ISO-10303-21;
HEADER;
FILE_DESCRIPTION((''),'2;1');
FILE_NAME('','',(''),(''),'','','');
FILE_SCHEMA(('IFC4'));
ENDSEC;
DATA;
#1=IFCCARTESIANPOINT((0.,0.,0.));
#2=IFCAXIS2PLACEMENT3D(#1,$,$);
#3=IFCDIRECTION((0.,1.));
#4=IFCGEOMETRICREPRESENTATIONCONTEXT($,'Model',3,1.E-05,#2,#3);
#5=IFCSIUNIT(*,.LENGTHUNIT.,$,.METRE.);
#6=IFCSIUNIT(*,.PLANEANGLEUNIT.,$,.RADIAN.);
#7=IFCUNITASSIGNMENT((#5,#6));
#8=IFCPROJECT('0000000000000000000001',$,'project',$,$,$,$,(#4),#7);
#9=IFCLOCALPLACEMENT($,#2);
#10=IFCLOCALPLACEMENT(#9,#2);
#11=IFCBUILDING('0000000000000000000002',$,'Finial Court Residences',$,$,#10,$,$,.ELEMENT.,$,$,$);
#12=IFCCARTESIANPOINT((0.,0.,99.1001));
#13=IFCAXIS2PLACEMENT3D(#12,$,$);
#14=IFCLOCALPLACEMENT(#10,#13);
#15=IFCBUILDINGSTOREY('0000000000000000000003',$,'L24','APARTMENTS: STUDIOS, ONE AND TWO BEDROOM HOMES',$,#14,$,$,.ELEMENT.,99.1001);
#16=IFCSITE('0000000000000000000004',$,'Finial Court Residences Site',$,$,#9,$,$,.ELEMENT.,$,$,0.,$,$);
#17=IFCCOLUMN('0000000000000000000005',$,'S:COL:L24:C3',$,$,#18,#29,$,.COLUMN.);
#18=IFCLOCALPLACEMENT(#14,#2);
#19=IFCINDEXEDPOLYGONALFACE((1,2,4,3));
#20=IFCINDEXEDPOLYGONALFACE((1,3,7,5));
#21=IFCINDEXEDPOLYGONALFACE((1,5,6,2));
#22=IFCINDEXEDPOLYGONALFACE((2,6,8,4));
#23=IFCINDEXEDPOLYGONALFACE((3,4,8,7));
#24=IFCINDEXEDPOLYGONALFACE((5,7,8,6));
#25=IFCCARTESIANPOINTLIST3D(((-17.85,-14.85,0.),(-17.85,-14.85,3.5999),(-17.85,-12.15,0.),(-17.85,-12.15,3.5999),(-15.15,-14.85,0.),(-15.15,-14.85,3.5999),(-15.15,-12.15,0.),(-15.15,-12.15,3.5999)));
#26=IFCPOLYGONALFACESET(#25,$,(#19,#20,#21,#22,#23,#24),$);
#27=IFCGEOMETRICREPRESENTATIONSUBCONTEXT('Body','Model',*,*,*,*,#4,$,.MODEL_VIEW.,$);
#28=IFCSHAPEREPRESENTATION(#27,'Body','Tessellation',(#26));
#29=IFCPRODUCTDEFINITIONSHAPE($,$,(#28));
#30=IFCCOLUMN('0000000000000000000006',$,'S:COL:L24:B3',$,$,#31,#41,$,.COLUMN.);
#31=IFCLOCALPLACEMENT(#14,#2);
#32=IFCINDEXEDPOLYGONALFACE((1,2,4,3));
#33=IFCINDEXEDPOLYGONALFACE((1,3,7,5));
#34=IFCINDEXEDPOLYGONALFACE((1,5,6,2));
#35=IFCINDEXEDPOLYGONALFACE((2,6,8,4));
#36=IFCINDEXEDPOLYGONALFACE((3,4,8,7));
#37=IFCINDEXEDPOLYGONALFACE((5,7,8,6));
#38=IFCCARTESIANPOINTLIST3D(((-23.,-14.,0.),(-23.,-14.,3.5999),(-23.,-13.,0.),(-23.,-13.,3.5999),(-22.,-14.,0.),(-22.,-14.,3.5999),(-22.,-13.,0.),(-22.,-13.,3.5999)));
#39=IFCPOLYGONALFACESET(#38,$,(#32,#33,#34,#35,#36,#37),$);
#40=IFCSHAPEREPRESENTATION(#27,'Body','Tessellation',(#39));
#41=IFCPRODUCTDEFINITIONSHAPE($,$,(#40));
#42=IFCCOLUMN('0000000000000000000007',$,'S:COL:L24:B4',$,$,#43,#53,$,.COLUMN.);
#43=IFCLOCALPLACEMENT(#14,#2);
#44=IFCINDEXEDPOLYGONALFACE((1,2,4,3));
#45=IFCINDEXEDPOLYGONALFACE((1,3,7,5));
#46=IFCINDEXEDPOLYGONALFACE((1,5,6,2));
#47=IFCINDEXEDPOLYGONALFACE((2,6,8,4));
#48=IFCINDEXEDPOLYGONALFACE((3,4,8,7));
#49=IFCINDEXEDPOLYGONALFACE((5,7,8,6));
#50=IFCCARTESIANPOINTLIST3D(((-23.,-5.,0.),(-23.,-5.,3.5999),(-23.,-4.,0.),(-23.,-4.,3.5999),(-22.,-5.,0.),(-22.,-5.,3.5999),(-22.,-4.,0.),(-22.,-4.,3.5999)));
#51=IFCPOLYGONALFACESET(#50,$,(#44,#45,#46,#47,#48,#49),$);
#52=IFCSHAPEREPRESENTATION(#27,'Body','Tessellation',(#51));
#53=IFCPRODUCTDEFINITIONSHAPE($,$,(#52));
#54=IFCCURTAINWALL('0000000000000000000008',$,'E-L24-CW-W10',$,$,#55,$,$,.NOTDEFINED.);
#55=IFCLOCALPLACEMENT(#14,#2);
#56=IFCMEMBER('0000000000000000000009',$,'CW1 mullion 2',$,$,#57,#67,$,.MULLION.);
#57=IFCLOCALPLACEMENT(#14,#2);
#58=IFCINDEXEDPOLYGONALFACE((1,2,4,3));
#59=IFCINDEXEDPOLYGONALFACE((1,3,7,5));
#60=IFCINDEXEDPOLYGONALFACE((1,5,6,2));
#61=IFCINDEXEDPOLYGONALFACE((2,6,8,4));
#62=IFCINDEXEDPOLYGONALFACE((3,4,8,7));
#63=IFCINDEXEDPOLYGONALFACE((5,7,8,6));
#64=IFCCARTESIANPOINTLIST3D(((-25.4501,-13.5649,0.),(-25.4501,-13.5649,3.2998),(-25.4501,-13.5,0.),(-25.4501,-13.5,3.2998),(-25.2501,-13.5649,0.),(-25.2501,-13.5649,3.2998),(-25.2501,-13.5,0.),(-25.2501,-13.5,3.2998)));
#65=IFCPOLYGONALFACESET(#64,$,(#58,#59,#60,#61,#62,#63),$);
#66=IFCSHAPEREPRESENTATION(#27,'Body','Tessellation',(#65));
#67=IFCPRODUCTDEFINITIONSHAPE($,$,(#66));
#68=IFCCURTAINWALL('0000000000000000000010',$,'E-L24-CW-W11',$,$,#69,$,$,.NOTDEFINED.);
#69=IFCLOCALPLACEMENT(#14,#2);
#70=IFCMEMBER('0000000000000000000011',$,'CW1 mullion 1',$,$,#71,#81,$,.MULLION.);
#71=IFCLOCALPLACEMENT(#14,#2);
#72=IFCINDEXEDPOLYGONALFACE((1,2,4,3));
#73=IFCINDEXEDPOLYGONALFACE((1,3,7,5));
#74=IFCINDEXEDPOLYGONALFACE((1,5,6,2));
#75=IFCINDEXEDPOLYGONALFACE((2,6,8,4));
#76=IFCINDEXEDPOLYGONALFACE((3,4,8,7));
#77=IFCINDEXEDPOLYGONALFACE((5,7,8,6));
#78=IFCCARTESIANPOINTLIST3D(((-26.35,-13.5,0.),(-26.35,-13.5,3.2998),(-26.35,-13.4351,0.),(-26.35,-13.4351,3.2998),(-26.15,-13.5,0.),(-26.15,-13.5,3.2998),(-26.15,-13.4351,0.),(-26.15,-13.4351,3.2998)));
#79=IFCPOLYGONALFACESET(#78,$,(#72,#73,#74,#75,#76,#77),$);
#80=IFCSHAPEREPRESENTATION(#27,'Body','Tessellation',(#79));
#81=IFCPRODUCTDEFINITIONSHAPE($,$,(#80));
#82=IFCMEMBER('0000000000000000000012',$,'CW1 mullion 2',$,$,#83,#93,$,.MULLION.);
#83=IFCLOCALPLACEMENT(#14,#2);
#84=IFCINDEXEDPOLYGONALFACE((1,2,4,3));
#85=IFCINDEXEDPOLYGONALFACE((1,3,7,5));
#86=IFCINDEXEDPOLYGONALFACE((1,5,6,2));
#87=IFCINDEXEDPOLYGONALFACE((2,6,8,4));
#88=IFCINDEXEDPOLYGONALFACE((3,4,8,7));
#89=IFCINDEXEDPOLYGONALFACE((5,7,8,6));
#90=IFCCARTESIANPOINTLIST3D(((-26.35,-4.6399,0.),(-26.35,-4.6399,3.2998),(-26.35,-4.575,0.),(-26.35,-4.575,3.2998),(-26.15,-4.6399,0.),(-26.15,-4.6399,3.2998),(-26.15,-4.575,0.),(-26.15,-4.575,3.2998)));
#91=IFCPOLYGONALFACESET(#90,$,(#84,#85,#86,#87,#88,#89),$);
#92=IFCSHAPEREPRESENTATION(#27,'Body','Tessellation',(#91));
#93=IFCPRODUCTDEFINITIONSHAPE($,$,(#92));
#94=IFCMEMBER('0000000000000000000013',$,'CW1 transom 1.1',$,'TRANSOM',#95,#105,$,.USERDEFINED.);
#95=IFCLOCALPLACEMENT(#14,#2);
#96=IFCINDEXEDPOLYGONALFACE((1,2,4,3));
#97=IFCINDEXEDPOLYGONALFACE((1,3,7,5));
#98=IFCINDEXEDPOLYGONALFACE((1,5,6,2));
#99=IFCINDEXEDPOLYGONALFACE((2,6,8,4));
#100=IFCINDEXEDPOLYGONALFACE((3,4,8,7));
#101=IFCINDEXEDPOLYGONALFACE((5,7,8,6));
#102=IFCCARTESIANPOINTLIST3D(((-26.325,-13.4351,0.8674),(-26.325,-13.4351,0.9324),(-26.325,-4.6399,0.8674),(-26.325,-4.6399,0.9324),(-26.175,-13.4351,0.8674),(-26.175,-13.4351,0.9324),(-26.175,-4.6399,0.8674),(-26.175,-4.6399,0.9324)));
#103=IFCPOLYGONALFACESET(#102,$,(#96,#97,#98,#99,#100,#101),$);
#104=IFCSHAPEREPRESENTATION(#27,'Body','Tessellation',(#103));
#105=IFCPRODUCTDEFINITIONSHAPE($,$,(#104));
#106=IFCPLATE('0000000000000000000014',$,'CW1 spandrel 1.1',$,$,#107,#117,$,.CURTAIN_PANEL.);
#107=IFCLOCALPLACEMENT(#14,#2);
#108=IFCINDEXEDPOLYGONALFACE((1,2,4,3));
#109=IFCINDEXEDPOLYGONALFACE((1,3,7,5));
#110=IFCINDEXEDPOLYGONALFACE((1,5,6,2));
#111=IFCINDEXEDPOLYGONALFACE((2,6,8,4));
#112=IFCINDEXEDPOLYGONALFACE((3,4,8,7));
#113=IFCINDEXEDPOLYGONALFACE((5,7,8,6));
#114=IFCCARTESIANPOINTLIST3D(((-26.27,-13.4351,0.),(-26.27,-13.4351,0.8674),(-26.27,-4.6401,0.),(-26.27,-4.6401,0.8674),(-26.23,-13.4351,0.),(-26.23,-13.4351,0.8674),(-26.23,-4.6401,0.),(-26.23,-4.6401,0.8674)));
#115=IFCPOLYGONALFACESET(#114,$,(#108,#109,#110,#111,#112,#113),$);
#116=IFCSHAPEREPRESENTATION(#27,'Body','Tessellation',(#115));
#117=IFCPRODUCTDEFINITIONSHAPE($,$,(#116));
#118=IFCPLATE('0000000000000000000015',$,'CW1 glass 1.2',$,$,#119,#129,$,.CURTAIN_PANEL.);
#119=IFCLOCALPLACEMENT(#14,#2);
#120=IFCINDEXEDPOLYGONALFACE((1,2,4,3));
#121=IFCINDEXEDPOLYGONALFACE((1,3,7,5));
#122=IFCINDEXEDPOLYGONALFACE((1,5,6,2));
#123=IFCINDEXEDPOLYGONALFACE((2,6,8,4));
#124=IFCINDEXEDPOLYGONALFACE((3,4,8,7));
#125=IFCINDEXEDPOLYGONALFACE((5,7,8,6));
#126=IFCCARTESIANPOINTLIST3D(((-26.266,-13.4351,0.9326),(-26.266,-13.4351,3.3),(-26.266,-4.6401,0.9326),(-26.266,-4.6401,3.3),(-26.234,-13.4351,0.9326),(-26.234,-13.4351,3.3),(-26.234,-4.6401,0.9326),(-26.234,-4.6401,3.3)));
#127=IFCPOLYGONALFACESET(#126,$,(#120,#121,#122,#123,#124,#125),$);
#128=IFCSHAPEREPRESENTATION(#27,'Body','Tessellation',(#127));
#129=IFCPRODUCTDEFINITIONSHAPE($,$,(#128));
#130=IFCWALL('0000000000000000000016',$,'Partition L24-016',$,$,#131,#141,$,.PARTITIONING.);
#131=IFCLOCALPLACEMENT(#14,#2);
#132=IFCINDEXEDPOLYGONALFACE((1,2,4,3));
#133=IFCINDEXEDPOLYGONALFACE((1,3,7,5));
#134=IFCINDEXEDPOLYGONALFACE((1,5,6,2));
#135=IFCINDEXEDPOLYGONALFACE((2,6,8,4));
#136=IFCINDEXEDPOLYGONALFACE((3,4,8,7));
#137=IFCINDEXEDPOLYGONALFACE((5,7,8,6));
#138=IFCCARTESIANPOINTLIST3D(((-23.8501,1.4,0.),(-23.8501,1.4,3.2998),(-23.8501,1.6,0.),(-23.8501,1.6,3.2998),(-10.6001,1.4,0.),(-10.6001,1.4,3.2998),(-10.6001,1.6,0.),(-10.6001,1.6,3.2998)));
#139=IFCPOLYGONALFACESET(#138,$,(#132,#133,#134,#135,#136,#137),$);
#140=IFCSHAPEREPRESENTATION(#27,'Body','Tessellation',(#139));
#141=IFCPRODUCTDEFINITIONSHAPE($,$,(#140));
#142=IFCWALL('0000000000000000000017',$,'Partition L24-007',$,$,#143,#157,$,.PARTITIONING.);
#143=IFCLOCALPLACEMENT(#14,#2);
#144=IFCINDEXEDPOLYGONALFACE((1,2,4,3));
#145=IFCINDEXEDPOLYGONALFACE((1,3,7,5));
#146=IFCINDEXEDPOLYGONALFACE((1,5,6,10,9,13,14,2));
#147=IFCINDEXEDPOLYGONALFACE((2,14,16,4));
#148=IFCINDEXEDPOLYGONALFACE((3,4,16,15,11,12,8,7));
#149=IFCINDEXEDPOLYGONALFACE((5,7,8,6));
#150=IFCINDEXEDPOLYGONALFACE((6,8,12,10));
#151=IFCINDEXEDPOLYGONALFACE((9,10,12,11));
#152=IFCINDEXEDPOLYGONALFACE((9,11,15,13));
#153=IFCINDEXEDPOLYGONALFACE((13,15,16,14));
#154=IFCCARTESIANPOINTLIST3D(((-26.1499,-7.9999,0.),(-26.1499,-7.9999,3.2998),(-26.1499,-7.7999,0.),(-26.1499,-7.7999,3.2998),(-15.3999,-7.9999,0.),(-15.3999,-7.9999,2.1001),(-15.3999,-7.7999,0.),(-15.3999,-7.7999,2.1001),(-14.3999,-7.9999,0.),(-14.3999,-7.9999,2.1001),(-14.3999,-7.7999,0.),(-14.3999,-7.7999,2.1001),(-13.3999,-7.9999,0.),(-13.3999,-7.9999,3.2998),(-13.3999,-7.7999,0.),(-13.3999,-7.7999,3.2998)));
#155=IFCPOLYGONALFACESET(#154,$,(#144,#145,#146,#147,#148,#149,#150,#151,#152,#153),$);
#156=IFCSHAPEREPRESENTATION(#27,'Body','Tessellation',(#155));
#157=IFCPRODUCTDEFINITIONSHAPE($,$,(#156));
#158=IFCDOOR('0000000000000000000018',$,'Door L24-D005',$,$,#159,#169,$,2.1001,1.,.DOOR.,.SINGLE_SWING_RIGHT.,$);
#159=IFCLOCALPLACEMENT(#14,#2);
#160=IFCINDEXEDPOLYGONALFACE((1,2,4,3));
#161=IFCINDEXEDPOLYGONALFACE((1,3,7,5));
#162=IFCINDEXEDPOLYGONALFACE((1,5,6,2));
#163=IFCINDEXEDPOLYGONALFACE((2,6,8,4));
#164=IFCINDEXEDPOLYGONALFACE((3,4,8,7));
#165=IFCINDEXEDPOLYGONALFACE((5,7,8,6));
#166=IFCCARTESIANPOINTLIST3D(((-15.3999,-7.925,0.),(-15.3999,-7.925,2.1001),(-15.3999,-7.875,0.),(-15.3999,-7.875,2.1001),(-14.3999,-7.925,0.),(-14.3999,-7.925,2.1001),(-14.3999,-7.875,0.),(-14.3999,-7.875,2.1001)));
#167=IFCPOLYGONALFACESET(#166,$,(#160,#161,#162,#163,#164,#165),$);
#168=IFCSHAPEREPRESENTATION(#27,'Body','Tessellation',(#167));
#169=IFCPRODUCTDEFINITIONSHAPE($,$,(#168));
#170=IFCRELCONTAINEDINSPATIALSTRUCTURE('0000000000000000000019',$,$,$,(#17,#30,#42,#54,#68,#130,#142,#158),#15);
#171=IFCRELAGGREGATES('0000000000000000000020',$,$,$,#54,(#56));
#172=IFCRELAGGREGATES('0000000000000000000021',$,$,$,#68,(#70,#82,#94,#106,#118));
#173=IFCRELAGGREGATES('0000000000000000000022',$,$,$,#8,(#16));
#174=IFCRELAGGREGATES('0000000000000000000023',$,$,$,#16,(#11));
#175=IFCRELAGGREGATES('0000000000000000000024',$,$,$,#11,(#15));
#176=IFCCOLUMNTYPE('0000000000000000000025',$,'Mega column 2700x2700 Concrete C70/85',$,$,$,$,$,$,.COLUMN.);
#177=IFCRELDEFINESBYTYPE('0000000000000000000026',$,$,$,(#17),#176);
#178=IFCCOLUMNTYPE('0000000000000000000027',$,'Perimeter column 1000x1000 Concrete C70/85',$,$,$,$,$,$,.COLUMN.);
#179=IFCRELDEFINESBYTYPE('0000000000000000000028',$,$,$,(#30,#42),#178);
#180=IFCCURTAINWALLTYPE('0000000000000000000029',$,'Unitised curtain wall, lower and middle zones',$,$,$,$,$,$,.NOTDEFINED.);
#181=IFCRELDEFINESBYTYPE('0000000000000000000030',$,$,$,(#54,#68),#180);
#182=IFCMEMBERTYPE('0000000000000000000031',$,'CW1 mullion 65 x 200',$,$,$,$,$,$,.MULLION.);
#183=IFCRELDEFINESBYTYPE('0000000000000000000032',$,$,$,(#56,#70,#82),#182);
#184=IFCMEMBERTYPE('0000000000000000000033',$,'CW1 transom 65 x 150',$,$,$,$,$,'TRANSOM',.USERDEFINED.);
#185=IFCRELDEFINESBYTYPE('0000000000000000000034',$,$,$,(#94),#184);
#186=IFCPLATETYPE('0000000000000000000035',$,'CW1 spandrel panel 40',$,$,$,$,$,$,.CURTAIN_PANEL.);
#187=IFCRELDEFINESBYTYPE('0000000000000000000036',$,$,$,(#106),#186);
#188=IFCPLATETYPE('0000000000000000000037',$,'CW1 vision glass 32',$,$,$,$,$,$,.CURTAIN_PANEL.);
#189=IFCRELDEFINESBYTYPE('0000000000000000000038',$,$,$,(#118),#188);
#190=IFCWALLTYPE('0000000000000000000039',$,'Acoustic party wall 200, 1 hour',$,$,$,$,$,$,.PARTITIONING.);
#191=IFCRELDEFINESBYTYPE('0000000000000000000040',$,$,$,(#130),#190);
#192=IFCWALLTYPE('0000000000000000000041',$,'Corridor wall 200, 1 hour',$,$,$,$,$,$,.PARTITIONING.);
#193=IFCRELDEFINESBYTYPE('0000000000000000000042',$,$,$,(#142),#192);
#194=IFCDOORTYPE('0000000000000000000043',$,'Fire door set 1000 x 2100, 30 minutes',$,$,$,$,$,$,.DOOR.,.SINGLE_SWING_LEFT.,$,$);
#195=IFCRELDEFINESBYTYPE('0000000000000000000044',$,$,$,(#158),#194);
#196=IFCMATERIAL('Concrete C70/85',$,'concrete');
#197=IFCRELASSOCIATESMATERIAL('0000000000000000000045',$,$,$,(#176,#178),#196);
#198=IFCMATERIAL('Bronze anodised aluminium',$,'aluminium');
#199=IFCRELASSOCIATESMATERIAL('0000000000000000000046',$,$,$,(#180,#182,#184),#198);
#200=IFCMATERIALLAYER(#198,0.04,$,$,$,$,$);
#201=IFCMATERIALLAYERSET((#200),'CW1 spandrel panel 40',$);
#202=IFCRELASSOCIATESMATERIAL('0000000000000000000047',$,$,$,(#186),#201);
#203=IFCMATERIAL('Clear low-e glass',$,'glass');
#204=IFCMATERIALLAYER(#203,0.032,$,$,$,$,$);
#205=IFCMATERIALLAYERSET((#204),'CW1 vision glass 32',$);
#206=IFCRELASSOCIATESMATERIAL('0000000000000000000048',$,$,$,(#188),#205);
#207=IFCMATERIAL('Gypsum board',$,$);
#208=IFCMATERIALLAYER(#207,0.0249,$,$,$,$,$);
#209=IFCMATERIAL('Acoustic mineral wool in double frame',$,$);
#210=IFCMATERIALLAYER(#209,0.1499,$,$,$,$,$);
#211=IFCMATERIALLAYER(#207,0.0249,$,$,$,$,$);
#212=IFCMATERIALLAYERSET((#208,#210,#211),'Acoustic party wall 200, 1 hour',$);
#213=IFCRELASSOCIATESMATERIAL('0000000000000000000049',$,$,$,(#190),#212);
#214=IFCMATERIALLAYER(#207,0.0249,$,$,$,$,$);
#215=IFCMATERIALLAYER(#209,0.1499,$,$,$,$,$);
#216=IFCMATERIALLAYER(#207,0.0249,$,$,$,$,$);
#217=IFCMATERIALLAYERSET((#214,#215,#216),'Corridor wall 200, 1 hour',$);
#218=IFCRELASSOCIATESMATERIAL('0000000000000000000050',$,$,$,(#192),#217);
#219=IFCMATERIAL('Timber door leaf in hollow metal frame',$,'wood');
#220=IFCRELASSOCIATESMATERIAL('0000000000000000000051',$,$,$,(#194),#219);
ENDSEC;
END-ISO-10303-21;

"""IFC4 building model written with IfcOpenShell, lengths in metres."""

from ifc_helpers import new_model, si_unit, direction, frame, frame_2d, origin, origin_2d, place, context, subcontext, project, spatial, rectangle, extrude, material, layer, layer_set, material_profile, profile_set, type_object, element, fill, aggregate, save


model = new_model("IFC4")

# Units and contexts
model_context = context("Model", 3, precision=1e-05, world=origin(), true_north=direction((0.0, 1.0)))
body_context = subcontext(model_context, "Body", "Model", "MODEL_VIEW")
ifc_project = project(units=[si_unit("LENGTHUNIT", "METRE"), si_unit("PLANEANGLEUNIT", "RADIAN")], contexts=[model_context])

# Site, building, storey
site_placement = place(None, origin())
site = spatial("IfcSite", under=ifc_project, at=site_placement, Name="Finial Court Residences Site", CompositionType="ELEMENT", RefElevation=0.0)
building_placement = place(site_placement, origin())
building = spatial("IfcBuilding", under=site, at=building_placement, Name="Finial Court Residences", CompositionType="ELEMENT")
storey_placement = place(building_placement, frame((0.0, 0.0, 99.1001)))
storey = spatial("IfcBuildingStorey", under=building, at=storey_placement, Name="L24", Description="APARTMENTS: STUDIOS, ONE AND TWO BEDROOM HOMES", CompositionType="ELEMENT", Elevation=99.1001)

# Columns
ifc_material_1 = material(Name="Concrete C70/85", Category="concrete")
ifc_material_profile_1 = material_profile(ifc_material_1, rectangle(XDim=2.7, YDim=2.7, at=origin_2d()), Name="2700x2700")
ifc_profile_set_1 = profile_set([ifc_material_profile_1], Name="Concrete C70/85")
column_type_1 = type_object("IfcColumnType", Name="Mega column 2700x2700 Concrete C70/85", PredefinedType="COLUMN", material=ifc_profile_set_1)
column_placement = place(storey_placement, frame((-16.5, -13.5, 0.0), z_axis=(0.0, 0.0, 1.0), x_axis=(1.0, 0.0, 0.0)))
element("IfcColumn", 1, at=column_placement, inside=storey, type_object=column_type_1, Name="S:COL:L24:C3", PredefinedType="COLUMN", context=body_context, shape_type="SweptSolid", body=[
    extrude(rectangle(XDim=2.7, YDim=2.7, at=origin_2d()), origin(), (0.0, 0.0, 1.0), 3.5999),
])
ifc_material_profile_2 = material_profile(ifc_material_1, rectangle(XDim=1.0, YDim=1.0, at=origin_2d()), Name="1000x1000")
ifc_profile_set_2 = profile_set([ifc_material_profile_2], Name="Concrete C70/85")
column_type_2 = type_object("IfcColumnType", Name="Perimeter column 1000x1000 Concrete C70/85", PredefinedType="COLUMN", material=ifc_profile_set_2)
for number, where, z_axis, x_axis, name in (
    (2, (-22.5, -13.5, 0.0), (0.0, 0.0, 1.0), (1.0, 0.0, 0.0), "S:COL:L24:B3"),
    (3, (-22.5, -4.5, 0.0), (0.0, 0.0, 1.0), (1.0, 0.0, 0.0), "S:COL:L24:B4"),
):
    element("IfcColumn", number, at=place(storey_placement, frame(where, z_axis=z_axis, x_axis=x_axis)), inside=storey, type_object=column_type_2, Name=name, PredefinedType="COLUMN", context=body_context, shape_type="SweptSolid", body=[
        extrude(rectangle(XDim=1.0, YDim=1.0, at=origin_2d()), origin(), (0.0, 0.0, 1.0), 3.5999),
    ])

# Curtain wall, member
ifc_material_2 = material(Name="Bronze anodised aluminium", Category="aluminium")
curtain_wall_type = type_object("IfcCurtainWallType", Name="Unitised curtain wall, lower and middle zones", PredefinedType="NOTDEFINED", material=ifc_material_2)
curtain_wall_1_placement = place(storey_placement, origin())
curtain_wall_1 = element("IfcCurtainWall", 4, at=curtain_wall_1_placement, inside=storey, type_object=curtain_wall_type, Name="E-L24-CW-W10", PredefinedType="NOTDEFINED")
ifc_material_profile_3 = material_profile(ifc_material_2, rectangle(XDim=0.2, YDim=0.0649, at=origin_2d()), Name="CW1 mullion 65 x 200")
ifc_profile_set_3 = profile_set([ifc_material_profile_3], Name="Bronze anodised aluminium")
member_type_1 = type_object("IfcMemberType", Name="CW1 mullion 65 x 200", PredefinedType="MULLION", material=ifc_profile_set_3)
member_1_placement = place(storey_placement, frame((-25.3501, -13.5325, 0.0), z_axis=(0.0, 0.0, 1.0), x_axis=(-1.0, 0.0, 0.0)))
member_1 = element("IfcMember", 5, at=member_1_placement, type_object=member_type_1, Name="CW1 mullion 2", PredefinedType="MULLION", context=body_context, shape_type="SweptSolid", body=[
    extrude(rectangle(XDim=0.2, YDim=0.0649, at=origin_2d()), origin(), (0.0, 0.0, 1.0), 3.2998),
])
aggregate(curtain_wall_1, [member_1])

# Curtain wall, members, plates
curtain_wall_2_placement = place(storey_placement, origin())
curtain_wall_2 = element("IfcCurtainWall", 6, at=curtain_wall_2_placement, inside=storey, type_object=curtain_wall_type, Name="E-L24-CW-W11", PredefinedType="NOTDEFINED")
member_2_placement = place(storey_placement, frame((-26.25, -13.4675, 0.0), z_axis=(0.0, 0.0, 1.0), x_axis=(-1.0, 0.0, 0.0)))
member_2 = element("IfcMember", 7, at=member_2_placement, type_object=member_type_1, Name="CW1 mullion 1", PredefinedType="MULLION", context=body_context, shape_type="SweptSolid", body=[
    extrude(rectangle(XDim=0.2, YDim=0.0649, at=origin_2d()), origin(), (0.0, 0.0, 1.0), 3.2998),
])
member_3_placement = place(storey_placement, frame((-26.25, -4.6074, 0.0), z_axis=(0.0, 0.0, 1.0), x_axis=(-1.0, 0.0, 0.0)))
member_3 = element("IfcMember", 8, at=member_3_placement, type_object=member_type_1, Name="CW1 mullion 2", PredefinedType="MULLION", context=body_context, shape_type="SweptSolid", body=[
    extrude(rectangle(XDim=0.2, YDim=0.0649, at=origin_2d()), origin(), (0.0, 0.0, 1.0), 3.2998),
])
ifc_material_profile_4 = material_profile(ifc_material_2, rectangle(XDim=0.1499, YDim=0.0649, at=origin_2d()), Name="CW1 transom 65 x 150")
ifc_profile_set_4 = profile_set([ifc_material_profile_4], Name="Bronze anodised aluminium")
member_type_2 = type_object("IfcMemberType", Name="CW1 transom 65 x 150", ElementType="TRANSOM", PredefinedType="USERDEFINED", material=ifc_profile_set_4)
member_4_placement = place(storey_placement, frame((-26.25, -13.4351, 0.8999), z_axis=(0.0, 1.0, 0.0), x_axis=(-1.0, 0.0, 0.0)))
member_4 = element("IfcMember", 9, at=member_4_placement, type_object=member_type_2, Name="CW1 transom 1.1", ObjectType="TRANSOM", PredefinedType="USERDEFINED", context=body_context, shape_type="SweptSolid", body=[
    extrude(rectangle(XDim=0.1499, YDim=0.0649, at=origin_2d()), origin(), (0.0, 0.0, 1.0), 8.7952),
])
ifc_layer_1 = layer(ifc_material_2, 0.04)
ifc_layer_set_1 = layer_set([ifc_layer_1], Name="CW1 spandrel panel 40")
plate_type_1 = type_object("IfcPlateType", Name="CW1 spandrel panel 40", PredefinedType="CURTAIN_PANEL", material=ifc_layer_set_1)
plate_1_placement = place(storey_placement, frame((-26.25, -9.0376, 0.0), z_axis=(0.0, 0.0, 1.0), x_axis=(0.0, 1.0, 0.0)))
plate_1 = element("IfcPlate", 10, at=plate_1_placement, type_object=plate_type_1, Name="CW1 spandrel 1.1", PredefinedType="CURTAIN_PANEL", context=body_context, shape_type="SweptSolid", body=[
    extrude(rectangle(XDim=8.7949, YDim=0.04, at=origin_2d()), origin(), (0.0, 0.0, 1.0), 0.8674),
])
ifc_material_3 = material(Name="Clear low-e glass", Category="glass")
ifc_layer_2 = layer(ifc_material_3, 0.032)
ifc_layer_set_2 = layer_set([ifc_layer_2], Name="CW1 vision glass 32")
plate_type_2 = type_object("IfcPlateType", Name="CW1 vision glass 32", PredefinedType="CURTAIN_PANEL", material=ifc_layer_set_2)
plate_2_placement = place(storey_placement, frame((-26.25, -9.0376, 0.9326), z_axis=(0.0, 0.0, 1.0), x_axis=(0.0, 1.0, 0.0)))
plate_2 = element("IfcPlate", 11, at=plate_2_placement, type_object=plate_type_2, Name="CW1 glass 1.2", PredefinedType="CURTAIN_PANEL", context=body_context, shape_type="SweptSolid", body=[
    extrude(rectangle(XDim=8.7949, YDim=0.032, at=origin_2d()), origin(), (0.0, 0.0, 1.0), 2.3674),
])
aggregate(curtain_wall_2, [member_2, member_3, member_4, plate_1, plate_2])

# Wall
ifc_material_4 = material(Name="Gypsum board")
ifc_layer_3 = layer(ifc_material_4, 0.0249)
ifc_material_5 = material(Name="Acoustic mineral wool in double frame")
ifc_layer_4 = layer(ifc_material_5, 0.1499)
ifc_layer_5 = layer(ifc_material_4, 0.0249)
ifc_layer_set_3 = layer_set([ifc_layer_3, ifc_layer_4, ifc_layer_5], Name="Acoustic party wall 200, 1 hour")
wall_type_1 = type_object("IfcWallType", Name="Acoustic party wall 200, 1 hour", PredefinedType="PARTITIONING", material=ifc_layer_set_3)
wall_1_placement = place(storey_placement, frame((-23.8501, 1.5, 0.0), z_axis=(0.0, 0.0, 1.0), x_axis=(1.0, 0.0, 0.0)))
element("IfcWall", 12, at=wall_1_placement, inside=storey, type_object=wall_type_1, Name="Partition L24-016", PredefinedType="PARTITIONING", context=body_context, shape_type="SweptSolid", body=[
    extrude(rectangle(XDim=13.25, YDim=0.2, at=frame_2d((6.625, 0.0))), origin(), (0.0, 0.0, 1.0), 3.2998),
])

# Wall, opening, door
ifc_layer_6 = layer(ifc_material_4, 0.0249)
ifc_layer_7 = layer(ifc_material_5, 0.1499)
ifc_layer_8 = layer(ifc_material_4, 0.0249)
ifc_layer_set_4 = layer_set([ifc_layer_6, ifc_layer_7, ifc_layer_8], Name="Corridor wall 200, 1 hour")
wall_type_2 = type_object("IfcWallType", Name="Corridor wall 200, 1 hour", PredefinedType="PARTITIONING", material=ifc_layer_set_4)
wall_2_placement = place(storey_placement, frame((-26.1499, -7.8999, 0.0), z_axis=(0.0, 0.0, 1.0), x_axis=(1.0, 0.0, 0.0)))
wall_2 = element("IfcWall", 13, at=wall_2_placement, inside=storey, type_object=wall_type_2, Name="Partition L24-007", PredefinedType="PARTITIONING", context=body_context, shape_type="SweptSolid", body=[
    extrude(rectangle(XDim=12.75, YDim=0.2, at=frame_2d((6.375, 0.0))), origin(), (0.0, 0.0, 1.0), 3.2998),
])
opening_1_placement = place(wall_2_placement, frame((10.75, 0.0, 0.0)))
opening_1 = element("IfcOpeningElement", 14, at=opening_1_placement, cuts=wall_2, PredefinedType="OPENING", context=body_context, shape_type="SweptSolid", body=[
    extrude(rectangle(XDim=1.0, YDim=2.1001, at=frame_2d((0.5, 1.05))), frame((0.0, 0.1099, 0.0), z_axis=(0.0, -1.0, 0.0), x_axis=(1.0, 0.0, 0.0)), (0.0, 0.0, 1.0), 0.22),
])
ifc_material_6 = material(Name="Timber door leaf in hollow metal frame", Category="wood")
door_type_1 = type_object("IfcDoorType", Name="Fire door set 1000 x 2100, 30 minutes", OperationType="SINGLE_SWING_LEFT", PredefinedType="DOOR", material=ifc_material_6)
door_1_placement = place(opening_1_placement, origin())
door_1 = element("IfcDoor", 15, at=door_1_placement, inside=storey, type_object=door_type_1, Name="Door L24-D005", OperationType="SINGLE_SWING_RIGHT", OverallHeight=2.1001, OverallWidth=1.0, PredefinedType="DOOR", context=body_context, shape_type="SweptSolid", body=[
    extrude(rectangle(XDim=1.0, YDim=2.1001, at=frame_2d((0.5, 1.05))), frame((0.0, 0.0249, 0.0), z_axis=(0.0, -1.0, 0.0), x_axis=(1.0, 0.0, 0.0)), (0.0, 0.0, 1.0), 0.05),
])
fill(opening_1, door_1)

save(model, "model.ifc")
